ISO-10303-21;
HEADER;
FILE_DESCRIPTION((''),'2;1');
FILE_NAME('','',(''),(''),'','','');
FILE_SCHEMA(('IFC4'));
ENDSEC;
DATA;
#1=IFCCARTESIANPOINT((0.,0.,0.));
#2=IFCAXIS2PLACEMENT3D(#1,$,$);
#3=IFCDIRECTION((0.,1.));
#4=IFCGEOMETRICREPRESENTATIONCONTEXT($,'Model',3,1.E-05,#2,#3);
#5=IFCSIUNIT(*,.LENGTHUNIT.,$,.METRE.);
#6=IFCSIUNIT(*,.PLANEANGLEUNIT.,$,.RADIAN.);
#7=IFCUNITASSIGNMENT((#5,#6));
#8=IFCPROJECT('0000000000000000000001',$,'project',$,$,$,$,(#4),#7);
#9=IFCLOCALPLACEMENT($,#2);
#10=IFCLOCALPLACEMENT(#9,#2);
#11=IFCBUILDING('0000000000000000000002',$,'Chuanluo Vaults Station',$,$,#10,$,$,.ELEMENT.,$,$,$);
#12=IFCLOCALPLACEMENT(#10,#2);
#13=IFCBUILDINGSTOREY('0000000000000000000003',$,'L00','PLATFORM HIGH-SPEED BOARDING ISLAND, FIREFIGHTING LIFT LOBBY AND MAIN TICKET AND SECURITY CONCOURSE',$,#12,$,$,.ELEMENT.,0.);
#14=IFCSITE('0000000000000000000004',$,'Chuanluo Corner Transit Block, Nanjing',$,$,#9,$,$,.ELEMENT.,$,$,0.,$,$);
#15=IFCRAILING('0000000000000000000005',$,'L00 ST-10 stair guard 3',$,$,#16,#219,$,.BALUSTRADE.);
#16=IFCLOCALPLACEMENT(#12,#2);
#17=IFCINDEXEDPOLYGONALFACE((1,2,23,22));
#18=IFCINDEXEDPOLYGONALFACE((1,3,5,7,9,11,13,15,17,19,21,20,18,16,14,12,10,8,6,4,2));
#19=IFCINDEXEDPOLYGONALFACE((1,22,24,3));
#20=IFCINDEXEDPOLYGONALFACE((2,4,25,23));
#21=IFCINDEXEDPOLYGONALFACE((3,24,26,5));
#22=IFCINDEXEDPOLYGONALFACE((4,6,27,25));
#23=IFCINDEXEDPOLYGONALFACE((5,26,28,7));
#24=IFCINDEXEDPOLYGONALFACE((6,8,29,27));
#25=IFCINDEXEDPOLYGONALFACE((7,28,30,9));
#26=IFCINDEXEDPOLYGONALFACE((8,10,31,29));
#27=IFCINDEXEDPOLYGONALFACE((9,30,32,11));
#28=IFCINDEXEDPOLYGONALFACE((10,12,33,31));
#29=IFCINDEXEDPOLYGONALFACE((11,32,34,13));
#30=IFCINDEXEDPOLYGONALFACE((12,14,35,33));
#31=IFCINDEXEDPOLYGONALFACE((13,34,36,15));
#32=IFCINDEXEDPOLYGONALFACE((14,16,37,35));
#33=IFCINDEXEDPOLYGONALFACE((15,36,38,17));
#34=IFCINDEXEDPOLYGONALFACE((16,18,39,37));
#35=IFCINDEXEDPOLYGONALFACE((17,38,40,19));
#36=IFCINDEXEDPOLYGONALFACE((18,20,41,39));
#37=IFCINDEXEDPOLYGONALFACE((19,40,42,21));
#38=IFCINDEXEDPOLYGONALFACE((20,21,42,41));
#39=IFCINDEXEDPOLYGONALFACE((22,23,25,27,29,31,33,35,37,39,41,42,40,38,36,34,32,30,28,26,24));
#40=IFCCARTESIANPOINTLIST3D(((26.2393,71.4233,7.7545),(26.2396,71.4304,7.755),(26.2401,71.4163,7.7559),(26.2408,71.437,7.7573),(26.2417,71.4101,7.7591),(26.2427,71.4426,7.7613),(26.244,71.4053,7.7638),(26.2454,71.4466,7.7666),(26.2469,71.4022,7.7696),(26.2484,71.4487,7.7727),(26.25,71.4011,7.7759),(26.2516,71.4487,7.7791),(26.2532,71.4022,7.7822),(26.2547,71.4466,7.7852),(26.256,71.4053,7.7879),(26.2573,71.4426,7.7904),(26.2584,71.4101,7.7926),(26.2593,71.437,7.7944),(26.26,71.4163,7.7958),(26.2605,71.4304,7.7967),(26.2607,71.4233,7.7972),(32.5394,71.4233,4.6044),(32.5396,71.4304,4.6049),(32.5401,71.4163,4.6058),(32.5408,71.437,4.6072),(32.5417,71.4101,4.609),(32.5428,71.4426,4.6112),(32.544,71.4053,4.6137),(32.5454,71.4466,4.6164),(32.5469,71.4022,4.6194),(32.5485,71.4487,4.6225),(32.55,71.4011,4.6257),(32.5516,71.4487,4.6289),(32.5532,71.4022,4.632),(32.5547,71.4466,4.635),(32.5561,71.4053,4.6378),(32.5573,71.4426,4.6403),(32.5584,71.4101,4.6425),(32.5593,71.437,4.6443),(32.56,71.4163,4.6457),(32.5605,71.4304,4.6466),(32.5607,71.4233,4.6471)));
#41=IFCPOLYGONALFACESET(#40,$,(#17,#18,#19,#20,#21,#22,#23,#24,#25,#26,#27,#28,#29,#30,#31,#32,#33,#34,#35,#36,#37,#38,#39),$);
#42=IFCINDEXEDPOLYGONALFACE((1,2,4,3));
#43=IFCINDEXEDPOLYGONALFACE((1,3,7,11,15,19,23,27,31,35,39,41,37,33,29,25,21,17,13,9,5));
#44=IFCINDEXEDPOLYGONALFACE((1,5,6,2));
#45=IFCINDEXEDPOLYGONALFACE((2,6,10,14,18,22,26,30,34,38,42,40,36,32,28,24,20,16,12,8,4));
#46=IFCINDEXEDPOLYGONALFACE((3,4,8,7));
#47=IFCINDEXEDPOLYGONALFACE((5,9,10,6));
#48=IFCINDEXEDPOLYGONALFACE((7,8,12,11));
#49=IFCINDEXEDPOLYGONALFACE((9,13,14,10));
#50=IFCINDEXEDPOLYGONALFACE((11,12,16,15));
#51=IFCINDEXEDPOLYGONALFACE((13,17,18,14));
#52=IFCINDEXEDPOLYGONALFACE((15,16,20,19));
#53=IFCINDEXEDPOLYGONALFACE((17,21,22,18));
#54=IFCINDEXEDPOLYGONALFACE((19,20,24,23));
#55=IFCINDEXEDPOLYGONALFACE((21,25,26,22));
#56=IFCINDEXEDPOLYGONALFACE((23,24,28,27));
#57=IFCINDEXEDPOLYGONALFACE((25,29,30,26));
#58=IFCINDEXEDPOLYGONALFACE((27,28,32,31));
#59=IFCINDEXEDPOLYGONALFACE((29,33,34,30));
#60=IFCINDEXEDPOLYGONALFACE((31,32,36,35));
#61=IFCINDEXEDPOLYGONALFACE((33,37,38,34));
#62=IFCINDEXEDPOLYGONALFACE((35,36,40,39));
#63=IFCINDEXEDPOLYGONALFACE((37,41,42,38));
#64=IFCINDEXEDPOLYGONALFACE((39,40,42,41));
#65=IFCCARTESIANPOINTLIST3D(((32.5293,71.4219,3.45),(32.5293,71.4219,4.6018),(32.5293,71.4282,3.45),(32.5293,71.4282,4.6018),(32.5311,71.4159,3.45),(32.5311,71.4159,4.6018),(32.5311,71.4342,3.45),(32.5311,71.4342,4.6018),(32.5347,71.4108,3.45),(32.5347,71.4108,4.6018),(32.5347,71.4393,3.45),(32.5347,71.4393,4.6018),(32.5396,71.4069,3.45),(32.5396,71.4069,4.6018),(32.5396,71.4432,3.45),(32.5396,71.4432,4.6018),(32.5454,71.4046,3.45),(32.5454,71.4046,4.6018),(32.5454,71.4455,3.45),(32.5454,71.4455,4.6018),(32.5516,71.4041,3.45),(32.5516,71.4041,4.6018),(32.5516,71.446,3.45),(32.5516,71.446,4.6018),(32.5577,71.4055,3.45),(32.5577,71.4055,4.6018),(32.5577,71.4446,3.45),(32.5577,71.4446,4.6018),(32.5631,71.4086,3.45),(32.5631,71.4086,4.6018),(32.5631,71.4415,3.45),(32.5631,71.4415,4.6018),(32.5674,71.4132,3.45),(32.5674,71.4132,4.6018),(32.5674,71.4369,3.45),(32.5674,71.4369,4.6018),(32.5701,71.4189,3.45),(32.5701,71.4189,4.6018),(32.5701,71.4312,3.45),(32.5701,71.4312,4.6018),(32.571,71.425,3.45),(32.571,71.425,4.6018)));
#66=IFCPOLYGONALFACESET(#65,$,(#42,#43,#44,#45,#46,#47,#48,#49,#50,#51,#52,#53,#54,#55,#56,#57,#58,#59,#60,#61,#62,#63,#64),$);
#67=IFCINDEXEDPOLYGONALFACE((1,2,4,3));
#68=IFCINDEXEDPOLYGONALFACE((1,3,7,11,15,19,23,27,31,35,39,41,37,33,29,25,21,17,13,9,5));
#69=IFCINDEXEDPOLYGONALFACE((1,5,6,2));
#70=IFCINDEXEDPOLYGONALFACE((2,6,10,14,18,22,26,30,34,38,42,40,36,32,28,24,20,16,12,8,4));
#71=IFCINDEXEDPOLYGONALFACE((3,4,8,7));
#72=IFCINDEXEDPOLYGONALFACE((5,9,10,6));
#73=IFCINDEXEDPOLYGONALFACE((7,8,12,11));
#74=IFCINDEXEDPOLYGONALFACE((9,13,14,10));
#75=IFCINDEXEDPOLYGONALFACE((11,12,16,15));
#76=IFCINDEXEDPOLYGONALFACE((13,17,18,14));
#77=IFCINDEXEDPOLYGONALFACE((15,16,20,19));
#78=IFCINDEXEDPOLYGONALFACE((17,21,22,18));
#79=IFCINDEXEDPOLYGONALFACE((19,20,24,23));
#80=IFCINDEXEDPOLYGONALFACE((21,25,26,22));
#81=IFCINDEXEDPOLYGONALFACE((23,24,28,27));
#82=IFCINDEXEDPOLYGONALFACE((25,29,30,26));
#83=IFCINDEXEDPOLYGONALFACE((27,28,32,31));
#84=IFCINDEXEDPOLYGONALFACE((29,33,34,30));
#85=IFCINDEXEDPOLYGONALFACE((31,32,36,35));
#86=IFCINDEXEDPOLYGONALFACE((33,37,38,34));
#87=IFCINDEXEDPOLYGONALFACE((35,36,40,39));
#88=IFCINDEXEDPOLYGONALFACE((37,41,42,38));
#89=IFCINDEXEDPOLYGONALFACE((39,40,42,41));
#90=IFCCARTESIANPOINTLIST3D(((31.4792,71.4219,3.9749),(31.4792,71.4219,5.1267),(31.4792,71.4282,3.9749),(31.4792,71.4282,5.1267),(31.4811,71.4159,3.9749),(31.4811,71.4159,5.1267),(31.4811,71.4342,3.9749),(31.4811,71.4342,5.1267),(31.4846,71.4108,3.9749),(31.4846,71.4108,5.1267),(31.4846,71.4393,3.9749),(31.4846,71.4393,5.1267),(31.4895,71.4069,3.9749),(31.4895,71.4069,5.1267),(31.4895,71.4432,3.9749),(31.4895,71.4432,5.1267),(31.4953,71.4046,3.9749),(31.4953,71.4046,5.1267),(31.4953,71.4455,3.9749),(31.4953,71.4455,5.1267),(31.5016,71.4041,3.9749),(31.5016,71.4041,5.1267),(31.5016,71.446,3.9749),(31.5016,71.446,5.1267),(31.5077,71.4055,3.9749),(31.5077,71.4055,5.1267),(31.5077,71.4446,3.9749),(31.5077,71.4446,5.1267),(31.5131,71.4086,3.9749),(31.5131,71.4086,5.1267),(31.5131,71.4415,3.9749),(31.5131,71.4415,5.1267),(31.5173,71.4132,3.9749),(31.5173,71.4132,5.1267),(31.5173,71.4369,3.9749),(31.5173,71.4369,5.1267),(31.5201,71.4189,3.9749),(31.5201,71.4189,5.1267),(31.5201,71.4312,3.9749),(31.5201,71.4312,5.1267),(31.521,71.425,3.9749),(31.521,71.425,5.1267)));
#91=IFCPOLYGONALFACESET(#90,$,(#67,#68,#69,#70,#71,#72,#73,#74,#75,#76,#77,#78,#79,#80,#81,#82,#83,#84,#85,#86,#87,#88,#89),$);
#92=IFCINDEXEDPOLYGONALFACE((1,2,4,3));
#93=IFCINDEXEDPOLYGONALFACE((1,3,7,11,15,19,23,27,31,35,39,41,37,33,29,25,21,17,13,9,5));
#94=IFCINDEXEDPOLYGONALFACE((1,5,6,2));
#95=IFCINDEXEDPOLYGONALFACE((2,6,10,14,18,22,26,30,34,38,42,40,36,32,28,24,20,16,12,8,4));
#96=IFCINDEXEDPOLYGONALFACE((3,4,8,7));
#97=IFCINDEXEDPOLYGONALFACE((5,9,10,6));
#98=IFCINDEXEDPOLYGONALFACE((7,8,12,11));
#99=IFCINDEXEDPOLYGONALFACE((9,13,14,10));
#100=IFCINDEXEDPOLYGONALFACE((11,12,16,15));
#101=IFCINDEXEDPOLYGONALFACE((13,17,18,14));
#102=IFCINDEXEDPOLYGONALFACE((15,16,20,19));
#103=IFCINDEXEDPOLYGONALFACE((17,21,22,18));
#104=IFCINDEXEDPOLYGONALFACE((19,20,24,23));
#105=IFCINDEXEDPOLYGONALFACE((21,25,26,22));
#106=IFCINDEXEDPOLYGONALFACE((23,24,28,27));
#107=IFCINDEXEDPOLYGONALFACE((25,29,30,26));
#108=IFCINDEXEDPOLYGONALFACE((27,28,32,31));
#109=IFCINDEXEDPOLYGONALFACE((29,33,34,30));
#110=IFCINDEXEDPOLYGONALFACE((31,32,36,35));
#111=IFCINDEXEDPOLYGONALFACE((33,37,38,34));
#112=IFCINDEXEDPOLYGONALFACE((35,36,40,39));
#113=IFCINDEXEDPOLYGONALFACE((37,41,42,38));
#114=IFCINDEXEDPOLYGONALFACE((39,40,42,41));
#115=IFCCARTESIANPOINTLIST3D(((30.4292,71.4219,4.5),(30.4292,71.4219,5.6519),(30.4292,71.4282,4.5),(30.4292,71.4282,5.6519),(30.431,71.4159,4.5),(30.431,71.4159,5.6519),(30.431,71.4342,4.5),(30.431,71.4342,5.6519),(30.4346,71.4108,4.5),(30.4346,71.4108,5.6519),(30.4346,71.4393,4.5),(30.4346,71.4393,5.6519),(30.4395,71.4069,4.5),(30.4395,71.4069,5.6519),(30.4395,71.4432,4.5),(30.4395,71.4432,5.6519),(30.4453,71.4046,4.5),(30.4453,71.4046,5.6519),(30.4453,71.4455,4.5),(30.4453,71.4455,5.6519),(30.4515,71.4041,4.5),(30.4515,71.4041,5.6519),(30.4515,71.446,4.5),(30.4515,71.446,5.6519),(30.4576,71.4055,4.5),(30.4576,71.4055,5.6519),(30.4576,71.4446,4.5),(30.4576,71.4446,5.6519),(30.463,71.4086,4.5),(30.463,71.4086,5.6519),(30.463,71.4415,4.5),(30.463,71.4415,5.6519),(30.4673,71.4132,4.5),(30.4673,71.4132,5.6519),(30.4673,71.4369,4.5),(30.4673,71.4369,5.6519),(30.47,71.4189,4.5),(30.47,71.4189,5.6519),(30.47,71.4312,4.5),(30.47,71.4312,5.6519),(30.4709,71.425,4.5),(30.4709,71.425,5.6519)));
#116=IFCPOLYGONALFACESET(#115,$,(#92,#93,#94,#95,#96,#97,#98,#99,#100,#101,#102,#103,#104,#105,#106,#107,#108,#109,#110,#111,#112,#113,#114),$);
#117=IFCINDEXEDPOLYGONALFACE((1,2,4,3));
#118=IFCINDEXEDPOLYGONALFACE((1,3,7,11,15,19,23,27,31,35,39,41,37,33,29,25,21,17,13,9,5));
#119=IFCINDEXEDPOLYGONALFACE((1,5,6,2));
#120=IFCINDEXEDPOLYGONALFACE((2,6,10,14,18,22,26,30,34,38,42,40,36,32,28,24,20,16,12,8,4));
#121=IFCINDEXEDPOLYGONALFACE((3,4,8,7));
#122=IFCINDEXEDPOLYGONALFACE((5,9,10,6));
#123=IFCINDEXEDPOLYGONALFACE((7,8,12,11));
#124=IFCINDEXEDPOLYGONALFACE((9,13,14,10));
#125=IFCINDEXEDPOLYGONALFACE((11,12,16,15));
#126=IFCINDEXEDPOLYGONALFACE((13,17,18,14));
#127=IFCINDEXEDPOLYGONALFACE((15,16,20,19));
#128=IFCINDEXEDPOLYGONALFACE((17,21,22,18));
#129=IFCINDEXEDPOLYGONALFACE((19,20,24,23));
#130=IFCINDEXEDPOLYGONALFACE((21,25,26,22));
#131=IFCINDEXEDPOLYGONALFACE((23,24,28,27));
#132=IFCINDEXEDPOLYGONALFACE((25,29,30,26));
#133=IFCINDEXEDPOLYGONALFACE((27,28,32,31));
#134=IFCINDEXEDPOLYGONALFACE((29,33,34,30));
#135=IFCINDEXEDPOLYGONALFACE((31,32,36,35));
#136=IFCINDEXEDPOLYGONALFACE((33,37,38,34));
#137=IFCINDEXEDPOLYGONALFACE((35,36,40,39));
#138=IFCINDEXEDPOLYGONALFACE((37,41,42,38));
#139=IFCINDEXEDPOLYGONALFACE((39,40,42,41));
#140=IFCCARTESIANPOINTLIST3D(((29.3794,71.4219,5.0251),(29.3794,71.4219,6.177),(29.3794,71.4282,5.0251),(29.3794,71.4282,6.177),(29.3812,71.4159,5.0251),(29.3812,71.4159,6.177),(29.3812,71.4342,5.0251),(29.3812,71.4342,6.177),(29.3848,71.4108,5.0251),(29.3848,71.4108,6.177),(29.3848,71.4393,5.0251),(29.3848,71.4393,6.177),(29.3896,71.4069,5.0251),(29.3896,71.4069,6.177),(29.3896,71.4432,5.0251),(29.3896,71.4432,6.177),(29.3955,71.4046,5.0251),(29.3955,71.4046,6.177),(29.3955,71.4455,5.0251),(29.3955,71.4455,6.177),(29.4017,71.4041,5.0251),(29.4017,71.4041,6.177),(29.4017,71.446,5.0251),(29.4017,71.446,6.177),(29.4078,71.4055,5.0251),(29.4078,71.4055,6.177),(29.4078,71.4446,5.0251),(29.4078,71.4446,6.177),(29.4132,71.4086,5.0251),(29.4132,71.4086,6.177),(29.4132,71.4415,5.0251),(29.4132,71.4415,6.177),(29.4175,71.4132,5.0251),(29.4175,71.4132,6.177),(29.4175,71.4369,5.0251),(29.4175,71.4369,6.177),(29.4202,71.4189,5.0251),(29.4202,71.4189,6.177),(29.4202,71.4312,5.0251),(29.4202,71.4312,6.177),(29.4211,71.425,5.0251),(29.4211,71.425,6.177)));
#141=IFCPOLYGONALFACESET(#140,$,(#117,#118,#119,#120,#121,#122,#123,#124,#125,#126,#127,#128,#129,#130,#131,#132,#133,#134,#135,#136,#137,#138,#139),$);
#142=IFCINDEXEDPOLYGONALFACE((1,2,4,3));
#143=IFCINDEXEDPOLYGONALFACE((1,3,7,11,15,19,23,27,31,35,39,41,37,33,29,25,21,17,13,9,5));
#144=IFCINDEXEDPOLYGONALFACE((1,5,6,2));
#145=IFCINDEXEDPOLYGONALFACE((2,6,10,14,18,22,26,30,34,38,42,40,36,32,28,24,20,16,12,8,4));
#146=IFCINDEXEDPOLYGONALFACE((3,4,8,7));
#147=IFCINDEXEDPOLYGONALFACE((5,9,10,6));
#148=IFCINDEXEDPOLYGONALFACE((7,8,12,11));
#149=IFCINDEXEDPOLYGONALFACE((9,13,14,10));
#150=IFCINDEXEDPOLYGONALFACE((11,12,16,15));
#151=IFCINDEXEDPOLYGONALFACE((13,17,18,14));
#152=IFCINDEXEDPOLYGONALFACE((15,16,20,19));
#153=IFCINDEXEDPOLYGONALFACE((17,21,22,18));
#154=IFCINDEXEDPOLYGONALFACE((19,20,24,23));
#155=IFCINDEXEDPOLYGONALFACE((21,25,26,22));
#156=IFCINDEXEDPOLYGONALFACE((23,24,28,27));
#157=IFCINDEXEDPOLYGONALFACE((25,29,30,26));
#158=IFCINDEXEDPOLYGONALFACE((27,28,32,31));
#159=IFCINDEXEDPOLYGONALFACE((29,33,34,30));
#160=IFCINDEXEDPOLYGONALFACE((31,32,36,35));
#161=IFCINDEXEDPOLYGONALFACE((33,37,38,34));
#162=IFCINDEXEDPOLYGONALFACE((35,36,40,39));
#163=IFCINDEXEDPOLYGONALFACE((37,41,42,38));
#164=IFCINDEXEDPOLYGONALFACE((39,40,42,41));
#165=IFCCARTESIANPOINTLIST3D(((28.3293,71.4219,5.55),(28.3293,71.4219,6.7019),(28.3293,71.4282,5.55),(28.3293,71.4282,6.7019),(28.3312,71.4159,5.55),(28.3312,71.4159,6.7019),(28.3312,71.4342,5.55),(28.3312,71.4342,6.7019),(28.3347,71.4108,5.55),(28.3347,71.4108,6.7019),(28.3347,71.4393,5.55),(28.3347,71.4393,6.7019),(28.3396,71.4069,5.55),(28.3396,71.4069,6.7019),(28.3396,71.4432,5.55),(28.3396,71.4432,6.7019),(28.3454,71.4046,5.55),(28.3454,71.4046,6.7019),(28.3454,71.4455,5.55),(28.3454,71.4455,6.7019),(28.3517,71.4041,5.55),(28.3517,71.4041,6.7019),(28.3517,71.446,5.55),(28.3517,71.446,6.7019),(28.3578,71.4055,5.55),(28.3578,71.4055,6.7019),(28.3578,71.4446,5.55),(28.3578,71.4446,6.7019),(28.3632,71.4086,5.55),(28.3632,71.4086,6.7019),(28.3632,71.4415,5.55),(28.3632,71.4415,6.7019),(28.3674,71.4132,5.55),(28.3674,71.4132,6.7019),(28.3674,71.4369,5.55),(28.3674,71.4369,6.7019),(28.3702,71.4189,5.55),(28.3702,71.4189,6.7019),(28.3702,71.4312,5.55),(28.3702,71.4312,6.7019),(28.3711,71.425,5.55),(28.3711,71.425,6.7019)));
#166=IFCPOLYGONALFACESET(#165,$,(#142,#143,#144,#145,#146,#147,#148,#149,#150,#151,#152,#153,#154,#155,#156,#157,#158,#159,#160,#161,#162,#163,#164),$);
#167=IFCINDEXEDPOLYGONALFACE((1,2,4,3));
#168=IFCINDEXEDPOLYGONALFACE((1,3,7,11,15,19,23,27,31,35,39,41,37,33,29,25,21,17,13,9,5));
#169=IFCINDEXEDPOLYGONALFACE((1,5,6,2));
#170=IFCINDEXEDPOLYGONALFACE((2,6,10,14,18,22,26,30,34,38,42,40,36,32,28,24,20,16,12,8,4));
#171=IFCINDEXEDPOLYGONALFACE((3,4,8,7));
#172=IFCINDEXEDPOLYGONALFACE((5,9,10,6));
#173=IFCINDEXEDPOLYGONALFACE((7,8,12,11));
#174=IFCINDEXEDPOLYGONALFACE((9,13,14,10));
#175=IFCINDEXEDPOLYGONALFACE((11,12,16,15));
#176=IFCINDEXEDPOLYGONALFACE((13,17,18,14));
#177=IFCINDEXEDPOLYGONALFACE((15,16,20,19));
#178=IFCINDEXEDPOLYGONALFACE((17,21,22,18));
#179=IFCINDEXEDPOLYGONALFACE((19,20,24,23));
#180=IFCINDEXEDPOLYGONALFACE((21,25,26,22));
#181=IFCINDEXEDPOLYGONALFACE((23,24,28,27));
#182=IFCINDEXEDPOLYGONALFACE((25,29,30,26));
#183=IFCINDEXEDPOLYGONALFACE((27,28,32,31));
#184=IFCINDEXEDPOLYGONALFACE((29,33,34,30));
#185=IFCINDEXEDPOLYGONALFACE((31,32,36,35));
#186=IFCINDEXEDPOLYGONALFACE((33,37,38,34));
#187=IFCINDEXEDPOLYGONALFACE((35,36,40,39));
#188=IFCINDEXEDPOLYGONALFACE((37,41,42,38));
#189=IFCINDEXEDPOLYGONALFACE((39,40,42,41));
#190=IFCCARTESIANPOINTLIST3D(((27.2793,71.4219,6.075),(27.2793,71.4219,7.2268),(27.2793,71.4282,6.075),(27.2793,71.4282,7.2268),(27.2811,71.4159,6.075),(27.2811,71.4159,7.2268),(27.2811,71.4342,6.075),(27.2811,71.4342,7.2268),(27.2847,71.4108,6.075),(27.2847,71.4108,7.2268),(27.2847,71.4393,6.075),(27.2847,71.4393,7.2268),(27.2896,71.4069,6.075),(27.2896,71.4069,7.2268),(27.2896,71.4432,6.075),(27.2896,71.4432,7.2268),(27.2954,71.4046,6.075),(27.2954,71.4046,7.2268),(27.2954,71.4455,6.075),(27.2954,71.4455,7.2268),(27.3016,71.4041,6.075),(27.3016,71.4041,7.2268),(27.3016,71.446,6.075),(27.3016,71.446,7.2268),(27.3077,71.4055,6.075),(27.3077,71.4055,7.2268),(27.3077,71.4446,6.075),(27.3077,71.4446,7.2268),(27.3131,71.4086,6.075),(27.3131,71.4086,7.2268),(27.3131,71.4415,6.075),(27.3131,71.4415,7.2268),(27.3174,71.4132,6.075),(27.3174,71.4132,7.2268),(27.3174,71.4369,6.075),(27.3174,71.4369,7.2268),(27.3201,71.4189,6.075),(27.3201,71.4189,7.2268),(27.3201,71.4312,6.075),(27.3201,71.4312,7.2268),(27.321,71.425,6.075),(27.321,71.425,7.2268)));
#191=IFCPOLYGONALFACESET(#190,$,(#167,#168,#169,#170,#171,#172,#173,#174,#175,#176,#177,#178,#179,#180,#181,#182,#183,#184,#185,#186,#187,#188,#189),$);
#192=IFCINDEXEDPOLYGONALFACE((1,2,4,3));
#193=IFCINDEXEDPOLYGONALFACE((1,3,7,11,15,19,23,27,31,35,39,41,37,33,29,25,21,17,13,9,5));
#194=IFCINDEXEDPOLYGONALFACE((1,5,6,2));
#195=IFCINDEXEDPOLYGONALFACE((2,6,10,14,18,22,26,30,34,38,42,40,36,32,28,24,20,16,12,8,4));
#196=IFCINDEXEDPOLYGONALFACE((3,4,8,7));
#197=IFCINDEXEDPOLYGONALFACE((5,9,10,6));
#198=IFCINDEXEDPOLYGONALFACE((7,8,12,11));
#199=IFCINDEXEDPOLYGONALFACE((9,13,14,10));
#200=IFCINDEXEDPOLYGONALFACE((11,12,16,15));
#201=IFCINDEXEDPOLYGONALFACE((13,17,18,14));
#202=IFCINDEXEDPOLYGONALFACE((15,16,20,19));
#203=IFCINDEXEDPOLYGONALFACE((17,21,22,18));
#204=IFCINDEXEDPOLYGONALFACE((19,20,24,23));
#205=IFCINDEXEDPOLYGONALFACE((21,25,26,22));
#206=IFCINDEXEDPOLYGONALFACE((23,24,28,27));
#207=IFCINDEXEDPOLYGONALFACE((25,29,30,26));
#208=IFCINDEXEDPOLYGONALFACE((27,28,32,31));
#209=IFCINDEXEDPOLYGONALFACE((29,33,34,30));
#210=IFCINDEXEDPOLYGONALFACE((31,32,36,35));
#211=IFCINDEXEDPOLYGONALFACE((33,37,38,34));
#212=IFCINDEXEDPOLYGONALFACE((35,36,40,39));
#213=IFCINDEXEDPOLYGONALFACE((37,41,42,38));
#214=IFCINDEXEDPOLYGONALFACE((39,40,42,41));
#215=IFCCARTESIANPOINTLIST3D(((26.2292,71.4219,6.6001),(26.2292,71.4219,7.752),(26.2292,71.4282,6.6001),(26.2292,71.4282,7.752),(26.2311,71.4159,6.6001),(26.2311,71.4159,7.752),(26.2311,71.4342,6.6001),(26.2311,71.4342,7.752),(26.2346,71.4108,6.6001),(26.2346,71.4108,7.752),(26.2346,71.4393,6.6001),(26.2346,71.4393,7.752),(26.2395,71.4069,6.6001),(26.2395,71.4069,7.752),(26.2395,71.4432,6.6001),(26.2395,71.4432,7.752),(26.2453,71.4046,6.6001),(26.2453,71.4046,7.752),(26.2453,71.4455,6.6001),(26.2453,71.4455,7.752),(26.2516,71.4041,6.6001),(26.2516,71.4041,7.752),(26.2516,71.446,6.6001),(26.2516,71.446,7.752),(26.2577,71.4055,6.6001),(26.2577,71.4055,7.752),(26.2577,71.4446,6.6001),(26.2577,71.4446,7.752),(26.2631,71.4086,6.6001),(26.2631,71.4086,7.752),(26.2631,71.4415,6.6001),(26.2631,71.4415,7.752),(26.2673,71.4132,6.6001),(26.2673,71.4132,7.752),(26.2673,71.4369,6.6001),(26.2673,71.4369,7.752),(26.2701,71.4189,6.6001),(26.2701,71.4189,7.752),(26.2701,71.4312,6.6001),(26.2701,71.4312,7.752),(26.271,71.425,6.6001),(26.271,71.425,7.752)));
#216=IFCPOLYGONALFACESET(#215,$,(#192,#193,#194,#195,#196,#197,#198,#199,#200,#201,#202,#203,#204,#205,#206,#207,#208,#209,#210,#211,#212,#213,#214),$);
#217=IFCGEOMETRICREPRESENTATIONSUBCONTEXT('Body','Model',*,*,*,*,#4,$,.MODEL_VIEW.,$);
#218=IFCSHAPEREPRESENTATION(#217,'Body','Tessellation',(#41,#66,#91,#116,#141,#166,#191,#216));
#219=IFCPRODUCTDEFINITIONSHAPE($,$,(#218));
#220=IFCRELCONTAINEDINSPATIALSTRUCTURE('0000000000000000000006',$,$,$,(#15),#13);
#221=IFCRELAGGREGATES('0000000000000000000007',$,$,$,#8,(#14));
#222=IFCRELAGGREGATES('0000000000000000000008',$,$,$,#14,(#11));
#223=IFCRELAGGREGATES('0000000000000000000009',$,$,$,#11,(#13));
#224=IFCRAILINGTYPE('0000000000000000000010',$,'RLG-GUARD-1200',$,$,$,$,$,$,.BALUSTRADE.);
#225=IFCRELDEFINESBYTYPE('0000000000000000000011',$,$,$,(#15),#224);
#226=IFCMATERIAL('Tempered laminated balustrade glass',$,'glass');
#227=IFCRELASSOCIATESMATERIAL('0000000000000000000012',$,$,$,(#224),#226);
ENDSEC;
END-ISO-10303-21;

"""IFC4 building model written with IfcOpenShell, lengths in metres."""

from ifc_helpers import new_model, si_unit, direction, frame, origin, origin_2d, place, context, subcontext, project, spatial, circle, extrude, material, type_object, element, save


model = new_model("IFC4")

# Units and contexts
model_context = context("Model", 3, precision=1e-05, world=origin(), true_north=direction((0.0, 1.0)))
body_context = subcontext(model_context, "Body", "Model", "MODEL_VIEW")
ifc_project = project(units=[si_unit("LENGTHUNIT", "METRE"), si_unit("PLANEANGLEUNIT", "RADIAN")], contexts=[model_context])

# Site, building, storey
site_placement = place(None, origin())
site = spatial("IfcSite", under=ifc_project, at=site_placement, Name="Chuanluo Corner Transit Block, Nanjing", CompositionType="ELEMENT", RefElevation=0.0)
building_placement = place(site_placement, origin())
building = spatial("IfcBuilding", under=site, at=building_placement, Name="Chuanluo Vaults Station", CompositionType="ELEMENT")
storey_placement = place(building_placement, origin())
storey = spatial("IfcBuildingStorey", under=building, at=storey_placement, Name="L00", Description="PLATFORM HIGH-SPEED BOARDING ISLAND, FIREFIGHTING LIFT LOBBY AND MAIN TICKET AND SECURITY CONCOURSE", CompositionType="ELEMENT", Elevation=0.0)

# Railing
ifc_material_1 = material(Name="Tempered laminated balustrade glass", Category="glass")
railing_type_1 = type_object("IfcRailingType", Name="RLG-GUARD-1200", PredefinedType="BALUSTRADE", material=ifc_material_1)
railing_1_placement = place(storey_placement, frame((32.55, 71.425, 3.45)))
element("IfcRailing", 1, at=railing_1_placement, inside=storey, type_object=railing_type_1, Name="L00 ST-10 stair guard 3", PredefinedType="BALUSTRADE", context=body_context, shape_type="SweptSolid", body=[
    extrude(circle(Radius=0.0239, at=origin_2d()), frame((0.0, 0.0, 1.1758), z_axis=(-0.89442, 0.0, 0.447227), x_axis=(0.0, -1.0, 0.0)), (0.0, 0.0, 1.0), 7.0437),
    extrude(circle(Radius=0.021, at=origin_2d()), origin(), (0.0, 0.0, 1.0), 1.1519),
    extrude(circle(Radius=0.021, at=origin_2d()), frame((-1.05, 0.0, 0.5249)), (0.0, 0.0, 1.0), 1.1519),
    extrude(circle(Radius=0.021, at=origin_2d()), frame((-2.1001, 0.0, 1.05)), (0.0, 0.0, 1.0), 1.1519),
    extrude(circle(Radius=0.021, at=origin_2d()), frame((-3.1499, 0.0, 1.5752)), (0.0, 0.0, 1.0), 1.1519),
    extrude(circle(Radius=0.021, at=origin_2d()), frame((-4.2, 0.0, 2.1001)), (0.0, 0.0, 1.0), 1.1519),
    extrude(circle(Radius=0.021, at=origin_2d()), frame((-5.25, 0.0, 2.625)), (0.0, 0.0, 1.0), 1.1519),
    extrude(circle(Radius=0.021, at=origin_2d()), frame((-6.3, 0.0, 3.1501)), (0.0, 0.0, 1.0), 1.1519),
])

save(model, "model.ifc")
